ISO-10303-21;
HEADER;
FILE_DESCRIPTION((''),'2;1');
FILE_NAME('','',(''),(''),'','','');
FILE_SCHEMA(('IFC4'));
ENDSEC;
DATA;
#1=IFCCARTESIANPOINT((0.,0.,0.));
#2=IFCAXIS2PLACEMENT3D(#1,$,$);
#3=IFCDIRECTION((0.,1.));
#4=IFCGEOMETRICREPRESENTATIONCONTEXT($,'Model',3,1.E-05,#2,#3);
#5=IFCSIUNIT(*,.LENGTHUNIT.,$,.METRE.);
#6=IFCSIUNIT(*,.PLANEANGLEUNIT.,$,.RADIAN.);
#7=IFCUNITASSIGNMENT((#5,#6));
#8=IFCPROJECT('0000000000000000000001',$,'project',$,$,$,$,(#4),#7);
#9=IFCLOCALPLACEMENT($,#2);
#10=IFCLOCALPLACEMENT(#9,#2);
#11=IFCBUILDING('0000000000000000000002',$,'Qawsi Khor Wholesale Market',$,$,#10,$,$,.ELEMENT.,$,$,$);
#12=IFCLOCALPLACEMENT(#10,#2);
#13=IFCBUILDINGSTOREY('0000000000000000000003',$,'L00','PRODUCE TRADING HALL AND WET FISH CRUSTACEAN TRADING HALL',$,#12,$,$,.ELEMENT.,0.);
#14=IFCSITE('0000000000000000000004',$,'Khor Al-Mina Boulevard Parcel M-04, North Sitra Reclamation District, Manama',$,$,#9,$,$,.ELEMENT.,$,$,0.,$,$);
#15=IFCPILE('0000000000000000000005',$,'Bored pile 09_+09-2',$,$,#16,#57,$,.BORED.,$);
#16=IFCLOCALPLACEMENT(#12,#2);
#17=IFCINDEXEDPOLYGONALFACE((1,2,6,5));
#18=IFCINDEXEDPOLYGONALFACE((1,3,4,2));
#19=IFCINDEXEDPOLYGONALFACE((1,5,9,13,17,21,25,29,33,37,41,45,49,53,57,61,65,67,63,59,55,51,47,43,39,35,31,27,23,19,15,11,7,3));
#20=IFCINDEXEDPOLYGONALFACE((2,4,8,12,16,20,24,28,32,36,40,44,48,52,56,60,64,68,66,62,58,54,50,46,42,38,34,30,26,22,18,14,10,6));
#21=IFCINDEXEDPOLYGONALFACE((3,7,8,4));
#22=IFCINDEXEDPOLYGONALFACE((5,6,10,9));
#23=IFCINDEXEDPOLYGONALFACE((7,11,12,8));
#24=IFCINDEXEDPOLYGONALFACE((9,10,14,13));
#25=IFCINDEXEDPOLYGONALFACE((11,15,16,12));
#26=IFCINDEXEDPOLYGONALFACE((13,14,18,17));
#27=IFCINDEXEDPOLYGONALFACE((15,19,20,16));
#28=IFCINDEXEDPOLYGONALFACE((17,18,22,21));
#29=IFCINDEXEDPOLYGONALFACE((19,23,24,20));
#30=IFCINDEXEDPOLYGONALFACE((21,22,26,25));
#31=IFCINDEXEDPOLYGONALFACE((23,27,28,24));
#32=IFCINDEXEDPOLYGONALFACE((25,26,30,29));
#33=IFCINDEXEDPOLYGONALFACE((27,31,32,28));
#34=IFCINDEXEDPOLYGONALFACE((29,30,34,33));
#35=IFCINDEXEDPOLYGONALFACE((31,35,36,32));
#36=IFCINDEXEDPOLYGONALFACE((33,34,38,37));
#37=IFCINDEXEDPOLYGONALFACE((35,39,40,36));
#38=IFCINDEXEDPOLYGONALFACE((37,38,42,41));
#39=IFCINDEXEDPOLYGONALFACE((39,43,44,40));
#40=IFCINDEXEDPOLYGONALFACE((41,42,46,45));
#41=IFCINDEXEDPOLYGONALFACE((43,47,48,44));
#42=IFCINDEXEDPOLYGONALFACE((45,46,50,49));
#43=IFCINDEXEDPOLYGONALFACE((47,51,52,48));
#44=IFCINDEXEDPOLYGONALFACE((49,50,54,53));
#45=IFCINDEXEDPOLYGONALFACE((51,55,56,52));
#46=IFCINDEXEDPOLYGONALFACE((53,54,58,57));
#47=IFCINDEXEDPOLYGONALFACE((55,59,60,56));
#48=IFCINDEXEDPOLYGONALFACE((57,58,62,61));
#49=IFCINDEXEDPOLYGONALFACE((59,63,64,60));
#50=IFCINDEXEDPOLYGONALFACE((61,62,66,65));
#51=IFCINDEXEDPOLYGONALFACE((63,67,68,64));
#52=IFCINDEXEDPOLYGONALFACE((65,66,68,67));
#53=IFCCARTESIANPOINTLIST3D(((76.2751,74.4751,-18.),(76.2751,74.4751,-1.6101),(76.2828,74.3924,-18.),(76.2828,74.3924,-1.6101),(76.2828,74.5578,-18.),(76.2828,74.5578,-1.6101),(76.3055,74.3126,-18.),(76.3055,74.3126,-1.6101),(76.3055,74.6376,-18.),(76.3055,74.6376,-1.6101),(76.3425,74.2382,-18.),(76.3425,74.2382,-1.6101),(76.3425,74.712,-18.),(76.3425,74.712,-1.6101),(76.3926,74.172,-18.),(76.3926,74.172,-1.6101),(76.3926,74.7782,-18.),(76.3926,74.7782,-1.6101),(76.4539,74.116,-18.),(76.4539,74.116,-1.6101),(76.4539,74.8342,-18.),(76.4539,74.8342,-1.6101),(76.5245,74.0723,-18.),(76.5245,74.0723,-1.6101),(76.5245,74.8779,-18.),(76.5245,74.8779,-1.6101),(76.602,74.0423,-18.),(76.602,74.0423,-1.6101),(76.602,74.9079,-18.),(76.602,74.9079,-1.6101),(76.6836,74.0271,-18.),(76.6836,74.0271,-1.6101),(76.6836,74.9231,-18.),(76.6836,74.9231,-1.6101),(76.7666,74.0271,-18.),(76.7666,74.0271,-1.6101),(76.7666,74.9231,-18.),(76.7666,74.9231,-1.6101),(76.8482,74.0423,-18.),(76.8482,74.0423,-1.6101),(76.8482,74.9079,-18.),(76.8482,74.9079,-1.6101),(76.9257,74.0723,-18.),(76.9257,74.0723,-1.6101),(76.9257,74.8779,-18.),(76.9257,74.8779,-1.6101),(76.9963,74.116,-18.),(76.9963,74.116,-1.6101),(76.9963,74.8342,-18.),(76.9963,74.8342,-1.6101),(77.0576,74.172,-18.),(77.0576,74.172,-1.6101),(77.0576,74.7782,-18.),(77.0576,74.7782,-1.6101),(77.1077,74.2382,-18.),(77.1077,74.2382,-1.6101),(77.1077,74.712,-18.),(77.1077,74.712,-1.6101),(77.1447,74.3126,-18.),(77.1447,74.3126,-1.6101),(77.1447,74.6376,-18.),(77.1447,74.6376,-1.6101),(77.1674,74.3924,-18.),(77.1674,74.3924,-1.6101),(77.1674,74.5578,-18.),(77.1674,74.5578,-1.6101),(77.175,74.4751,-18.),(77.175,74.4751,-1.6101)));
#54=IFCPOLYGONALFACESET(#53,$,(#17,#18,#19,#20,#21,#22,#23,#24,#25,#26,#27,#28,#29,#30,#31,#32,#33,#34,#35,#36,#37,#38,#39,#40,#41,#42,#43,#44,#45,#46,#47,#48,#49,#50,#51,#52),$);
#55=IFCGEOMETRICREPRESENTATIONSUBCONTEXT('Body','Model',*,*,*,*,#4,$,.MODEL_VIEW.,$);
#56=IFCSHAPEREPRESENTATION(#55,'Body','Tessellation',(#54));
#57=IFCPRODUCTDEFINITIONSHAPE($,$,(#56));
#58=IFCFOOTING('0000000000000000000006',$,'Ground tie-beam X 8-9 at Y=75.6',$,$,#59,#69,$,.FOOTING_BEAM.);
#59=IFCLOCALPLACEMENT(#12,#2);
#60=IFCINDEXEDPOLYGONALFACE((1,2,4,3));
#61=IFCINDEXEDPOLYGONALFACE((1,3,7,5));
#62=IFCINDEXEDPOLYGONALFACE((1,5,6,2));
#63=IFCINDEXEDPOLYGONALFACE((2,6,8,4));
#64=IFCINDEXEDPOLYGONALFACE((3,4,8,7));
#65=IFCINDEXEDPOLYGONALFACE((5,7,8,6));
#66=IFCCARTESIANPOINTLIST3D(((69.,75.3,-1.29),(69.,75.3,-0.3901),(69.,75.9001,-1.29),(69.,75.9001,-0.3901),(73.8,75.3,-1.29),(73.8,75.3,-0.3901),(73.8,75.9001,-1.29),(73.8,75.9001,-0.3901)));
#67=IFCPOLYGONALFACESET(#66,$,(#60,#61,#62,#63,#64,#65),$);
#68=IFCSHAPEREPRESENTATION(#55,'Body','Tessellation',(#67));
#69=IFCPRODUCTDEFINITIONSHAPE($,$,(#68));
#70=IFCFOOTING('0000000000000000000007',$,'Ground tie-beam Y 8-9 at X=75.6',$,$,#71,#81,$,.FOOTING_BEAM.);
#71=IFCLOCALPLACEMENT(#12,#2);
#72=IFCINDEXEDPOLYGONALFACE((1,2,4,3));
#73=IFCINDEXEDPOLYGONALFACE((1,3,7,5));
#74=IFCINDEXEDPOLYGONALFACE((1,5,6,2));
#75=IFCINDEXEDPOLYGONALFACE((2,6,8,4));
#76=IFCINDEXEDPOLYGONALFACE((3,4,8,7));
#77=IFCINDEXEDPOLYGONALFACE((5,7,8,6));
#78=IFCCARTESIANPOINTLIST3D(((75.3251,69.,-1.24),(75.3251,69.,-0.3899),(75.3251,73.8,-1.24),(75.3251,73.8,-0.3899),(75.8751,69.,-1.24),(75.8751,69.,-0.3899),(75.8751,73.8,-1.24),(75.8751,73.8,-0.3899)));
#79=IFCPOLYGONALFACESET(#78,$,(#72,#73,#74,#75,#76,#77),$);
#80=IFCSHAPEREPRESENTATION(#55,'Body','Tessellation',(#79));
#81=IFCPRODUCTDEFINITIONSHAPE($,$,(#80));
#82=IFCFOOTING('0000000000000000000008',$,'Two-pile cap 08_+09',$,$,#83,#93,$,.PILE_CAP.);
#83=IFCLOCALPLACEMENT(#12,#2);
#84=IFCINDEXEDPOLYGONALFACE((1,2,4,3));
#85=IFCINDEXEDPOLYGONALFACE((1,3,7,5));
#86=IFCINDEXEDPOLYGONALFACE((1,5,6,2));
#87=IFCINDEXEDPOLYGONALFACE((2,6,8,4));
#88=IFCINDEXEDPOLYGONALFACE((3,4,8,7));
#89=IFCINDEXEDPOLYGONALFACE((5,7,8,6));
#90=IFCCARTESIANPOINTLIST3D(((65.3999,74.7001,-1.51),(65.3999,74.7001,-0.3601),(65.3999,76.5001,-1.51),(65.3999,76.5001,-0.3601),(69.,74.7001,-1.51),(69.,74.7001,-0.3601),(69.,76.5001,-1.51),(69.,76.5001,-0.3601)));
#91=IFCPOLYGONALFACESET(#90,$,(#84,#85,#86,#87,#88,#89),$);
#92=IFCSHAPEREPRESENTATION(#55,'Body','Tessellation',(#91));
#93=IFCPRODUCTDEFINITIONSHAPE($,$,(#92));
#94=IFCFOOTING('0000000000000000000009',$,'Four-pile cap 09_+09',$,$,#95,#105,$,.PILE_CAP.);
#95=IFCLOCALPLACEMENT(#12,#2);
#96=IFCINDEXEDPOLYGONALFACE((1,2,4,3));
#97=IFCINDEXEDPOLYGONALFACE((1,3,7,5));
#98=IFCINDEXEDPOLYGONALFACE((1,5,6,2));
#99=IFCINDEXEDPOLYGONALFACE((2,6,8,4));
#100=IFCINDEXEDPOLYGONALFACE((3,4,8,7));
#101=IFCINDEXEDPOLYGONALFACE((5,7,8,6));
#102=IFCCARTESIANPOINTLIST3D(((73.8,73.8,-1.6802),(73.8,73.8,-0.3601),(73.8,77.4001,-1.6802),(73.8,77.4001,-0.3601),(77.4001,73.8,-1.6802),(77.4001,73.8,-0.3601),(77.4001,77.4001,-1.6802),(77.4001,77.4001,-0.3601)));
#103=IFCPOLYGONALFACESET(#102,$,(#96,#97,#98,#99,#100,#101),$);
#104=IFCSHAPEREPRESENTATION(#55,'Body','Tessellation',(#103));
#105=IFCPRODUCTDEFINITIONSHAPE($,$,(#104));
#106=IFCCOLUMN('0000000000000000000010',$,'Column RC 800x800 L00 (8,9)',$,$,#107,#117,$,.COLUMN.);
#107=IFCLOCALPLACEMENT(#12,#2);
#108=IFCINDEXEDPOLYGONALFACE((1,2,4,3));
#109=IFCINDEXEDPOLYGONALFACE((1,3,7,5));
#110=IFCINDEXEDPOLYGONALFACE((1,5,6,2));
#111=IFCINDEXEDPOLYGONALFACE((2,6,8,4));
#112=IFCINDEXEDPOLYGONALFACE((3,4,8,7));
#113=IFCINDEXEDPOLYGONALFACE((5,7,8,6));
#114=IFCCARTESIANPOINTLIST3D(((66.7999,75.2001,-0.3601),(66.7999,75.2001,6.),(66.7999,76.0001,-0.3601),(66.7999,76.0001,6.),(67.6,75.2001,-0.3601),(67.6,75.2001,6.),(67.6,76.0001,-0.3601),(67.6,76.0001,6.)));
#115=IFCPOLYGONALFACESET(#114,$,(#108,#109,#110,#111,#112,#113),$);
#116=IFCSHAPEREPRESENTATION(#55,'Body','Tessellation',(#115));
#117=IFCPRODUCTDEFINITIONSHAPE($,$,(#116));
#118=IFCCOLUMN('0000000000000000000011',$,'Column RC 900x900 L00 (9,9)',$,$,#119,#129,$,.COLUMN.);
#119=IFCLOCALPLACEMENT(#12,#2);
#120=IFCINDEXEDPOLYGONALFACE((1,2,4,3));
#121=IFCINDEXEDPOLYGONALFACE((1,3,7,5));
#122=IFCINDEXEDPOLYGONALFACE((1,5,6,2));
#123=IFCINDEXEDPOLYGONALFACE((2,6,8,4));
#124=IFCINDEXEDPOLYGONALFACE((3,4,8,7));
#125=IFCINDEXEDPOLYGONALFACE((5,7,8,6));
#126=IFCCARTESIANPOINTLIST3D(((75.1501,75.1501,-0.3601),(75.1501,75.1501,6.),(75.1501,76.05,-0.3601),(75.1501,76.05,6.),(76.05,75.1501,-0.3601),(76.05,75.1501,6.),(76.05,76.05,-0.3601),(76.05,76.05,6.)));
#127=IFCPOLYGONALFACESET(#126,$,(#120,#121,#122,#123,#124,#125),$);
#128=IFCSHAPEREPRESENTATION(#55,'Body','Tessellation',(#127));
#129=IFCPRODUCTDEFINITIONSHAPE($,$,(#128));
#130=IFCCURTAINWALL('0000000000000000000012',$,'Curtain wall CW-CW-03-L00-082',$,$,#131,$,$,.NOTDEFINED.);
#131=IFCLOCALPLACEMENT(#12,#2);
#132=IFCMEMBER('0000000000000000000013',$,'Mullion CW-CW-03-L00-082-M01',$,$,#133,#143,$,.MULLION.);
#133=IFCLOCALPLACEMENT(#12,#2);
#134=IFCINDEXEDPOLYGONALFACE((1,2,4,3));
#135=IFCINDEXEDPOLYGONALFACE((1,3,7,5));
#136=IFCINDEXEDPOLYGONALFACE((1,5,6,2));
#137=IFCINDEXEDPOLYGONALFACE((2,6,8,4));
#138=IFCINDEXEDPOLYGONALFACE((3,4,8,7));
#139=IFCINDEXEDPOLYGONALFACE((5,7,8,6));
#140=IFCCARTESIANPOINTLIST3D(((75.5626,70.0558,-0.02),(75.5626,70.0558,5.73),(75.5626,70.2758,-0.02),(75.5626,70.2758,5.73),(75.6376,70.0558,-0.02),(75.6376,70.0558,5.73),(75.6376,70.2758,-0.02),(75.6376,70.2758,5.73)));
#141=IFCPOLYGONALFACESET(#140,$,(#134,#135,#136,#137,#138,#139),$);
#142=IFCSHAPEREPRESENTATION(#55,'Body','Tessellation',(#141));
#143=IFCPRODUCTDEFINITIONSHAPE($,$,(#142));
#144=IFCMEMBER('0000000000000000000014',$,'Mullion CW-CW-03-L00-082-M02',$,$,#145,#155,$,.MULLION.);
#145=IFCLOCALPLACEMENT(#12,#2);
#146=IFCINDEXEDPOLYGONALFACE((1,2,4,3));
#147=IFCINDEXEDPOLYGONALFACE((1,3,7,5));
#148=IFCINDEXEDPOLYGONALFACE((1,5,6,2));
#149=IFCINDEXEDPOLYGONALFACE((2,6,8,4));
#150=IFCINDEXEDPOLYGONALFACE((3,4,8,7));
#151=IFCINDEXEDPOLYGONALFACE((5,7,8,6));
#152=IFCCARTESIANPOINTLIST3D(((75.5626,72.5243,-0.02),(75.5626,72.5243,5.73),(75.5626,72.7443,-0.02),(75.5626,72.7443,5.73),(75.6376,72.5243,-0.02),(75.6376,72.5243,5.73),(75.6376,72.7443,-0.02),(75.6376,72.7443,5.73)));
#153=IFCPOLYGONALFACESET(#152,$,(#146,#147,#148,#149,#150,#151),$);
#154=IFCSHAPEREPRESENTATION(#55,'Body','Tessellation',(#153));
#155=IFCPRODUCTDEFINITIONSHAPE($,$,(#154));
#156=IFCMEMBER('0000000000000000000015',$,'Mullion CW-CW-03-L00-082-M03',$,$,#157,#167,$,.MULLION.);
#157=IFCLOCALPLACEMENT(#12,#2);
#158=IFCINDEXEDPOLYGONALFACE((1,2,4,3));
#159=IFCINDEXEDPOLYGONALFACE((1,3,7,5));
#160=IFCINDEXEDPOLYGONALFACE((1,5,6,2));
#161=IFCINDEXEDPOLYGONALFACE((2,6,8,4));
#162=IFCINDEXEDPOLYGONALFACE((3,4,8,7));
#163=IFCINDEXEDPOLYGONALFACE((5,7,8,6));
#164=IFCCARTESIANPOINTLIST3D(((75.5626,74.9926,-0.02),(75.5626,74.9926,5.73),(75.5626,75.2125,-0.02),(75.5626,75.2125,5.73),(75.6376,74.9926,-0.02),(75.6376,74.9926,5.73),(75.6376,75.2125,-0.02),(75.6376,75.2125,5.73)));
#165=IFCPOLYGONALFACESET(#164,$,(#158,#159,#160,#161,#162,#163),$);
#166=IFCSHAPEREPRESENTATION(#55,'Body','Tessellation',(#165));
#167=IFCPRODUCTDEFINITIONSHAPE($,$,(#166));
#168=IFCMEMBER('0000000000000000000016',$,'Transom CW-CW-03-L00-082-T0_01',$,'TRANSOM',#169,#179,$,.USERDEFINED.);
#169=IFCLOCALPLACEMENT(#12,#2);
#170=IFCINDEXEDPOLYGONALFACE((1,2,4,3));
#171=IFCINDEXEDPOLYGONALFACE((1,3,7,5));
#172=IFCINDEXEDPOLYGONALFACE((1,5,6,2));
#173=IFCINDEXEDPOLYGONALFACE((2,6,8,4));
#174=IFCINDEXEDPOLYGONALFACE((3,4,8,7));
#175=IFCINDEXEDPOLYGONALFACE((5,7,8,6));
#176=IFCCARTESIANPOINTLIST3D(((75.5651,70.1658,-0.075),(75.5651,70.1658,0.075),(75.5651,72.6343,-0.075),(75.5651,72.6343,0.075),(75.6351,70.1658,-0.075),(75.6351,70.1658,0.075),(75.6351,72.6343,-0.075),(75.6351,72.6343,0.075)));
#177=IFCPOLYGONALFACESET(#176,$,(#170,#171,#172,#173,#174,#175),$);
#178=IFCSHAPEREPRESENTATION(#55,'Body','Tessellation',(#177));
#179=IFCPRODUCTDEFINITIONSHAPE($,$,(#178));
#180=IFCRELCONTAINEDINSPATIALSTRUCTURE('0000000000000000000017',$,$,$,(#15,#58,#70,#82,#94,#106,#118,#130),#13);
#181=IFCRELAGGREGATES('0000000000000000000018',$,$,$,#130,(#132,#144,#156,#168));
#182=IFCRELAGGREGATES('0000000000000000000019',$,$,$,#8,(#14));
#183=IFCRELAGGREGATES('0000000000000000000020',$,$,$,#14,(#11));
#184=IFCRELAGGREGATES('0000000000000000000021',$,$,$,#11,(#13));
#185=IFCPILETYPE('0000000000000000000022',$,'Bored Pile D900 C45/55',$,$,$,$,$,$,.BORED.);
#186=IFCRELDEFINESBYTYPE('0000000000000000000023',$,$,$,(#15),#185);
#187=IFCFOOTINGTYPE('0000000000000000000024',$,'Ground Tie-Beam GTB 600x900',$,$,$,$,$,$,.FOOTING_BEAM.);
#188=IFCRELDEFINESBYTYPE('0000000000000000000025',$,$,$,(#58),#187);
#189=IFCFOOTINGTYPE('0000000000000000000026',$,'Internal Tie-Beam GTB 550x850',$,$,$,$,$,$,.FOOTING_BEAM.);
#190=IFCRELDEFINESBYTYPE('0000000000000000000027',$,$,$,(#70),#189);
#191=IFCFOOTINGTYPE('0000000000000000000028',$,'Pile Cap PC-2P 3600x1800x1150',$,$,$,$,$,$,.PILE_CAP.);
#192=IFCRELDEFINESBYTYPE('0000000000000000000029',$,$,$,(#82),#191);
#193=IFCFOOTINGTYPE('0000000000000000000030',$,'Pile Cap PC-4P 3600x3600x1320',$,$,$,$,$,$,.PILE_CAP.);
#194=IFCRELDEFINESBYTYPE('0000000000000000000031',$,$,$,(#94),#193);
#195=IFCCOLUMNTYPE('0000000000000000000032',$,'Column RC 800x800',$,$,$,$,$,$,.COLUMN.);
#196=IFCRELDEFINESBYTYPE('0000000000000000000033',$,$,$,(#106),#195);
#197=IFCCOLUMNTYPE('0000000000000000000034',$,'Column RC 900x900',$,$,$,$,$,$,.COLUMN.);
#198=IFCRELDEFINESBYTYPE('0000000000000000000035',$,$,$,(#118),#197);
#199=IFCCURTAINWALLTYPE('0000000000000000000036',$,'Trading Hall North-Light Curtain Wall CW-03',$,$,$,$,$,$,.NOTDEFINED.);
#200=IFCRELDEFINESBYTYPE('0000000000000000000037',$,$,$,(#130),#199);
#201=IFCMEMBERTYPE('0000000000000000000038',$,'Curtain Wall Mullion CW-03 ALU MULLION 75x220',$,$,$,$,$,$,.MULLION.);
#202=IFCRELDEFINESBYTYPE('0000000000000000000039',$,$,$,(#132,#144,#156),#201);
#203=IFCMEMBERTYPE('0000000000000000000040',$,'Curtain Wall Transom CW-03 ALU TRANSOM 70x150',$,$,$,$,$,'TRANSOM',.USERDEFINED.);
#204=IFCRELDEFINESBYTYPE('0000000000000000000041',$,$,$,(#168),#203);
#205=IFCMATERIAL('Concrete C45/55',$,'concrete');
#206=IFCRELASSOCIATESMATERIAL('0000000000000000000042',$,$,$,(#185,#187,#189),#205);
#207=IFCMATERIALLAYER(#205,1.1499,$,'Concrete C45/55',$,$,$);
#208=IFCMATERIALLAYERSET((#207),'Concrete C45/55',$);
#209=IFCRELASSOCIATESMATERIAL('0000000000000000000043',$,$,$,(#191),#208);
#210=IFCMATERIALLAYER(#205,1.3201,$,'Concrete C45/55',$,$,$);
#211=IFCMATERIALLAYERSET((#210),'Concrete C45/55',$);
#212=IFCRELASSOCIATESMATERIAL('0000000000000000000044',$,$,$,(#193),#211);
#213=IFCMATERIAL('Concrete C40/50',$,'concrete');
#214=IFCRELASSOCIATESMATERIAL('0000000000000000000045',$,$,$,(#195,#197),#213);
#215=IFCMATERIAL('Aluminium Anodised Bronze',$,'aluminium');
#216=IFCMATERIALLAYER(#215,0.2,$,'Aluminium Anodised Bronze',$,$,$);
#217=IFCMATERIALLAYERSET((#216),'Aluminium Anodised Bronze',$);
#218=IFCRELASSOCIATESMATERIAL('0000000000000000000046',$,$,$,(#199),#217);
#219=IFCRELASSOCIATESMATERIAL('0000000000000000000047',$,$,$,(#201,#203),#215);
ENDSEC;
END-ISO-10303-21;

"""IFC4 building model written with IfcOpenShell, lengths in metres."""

from ifc_helpers import new_model, si_unit, direction, frame, origin, origin_2d, place, context, subcontext, project, spatial, rectangle, circle, extrude, material, layer, layer_set, material_profile, profile_set, type_object, element, aggregate, save


model = new_model("IFC4")

# Units and contexts
model_context = context("Model", 3, precision=1e-05, world=origin(), true_north=direction((0.0, 1.0)))
body_context = subcontext(model_context, "Body", "Model", "MODEL_VIEW")
ifc_project = project(units=[si_unit("LENGTHUNIT", "METRE"), si_unit("PLANEANGLEUNIT", "RADIAN")], contexts=[model_context])

# Site, building, storey
site_placement = place(None, origin())
site = spatial("IfcSite", under=ifc_project, at=site_placement, Name="Khor Al-Mina Boulevard Parcel M-04, North Sitra Reclamation District, Manama", CompositionType="ELEMENT", RefElevation=0.0)
building_placement = place(site_placement, origin())
building = spatial("IfcBuilding", under=site, at=building_placement, Name="Qawsi Khor Wholesale Market", CompositionType="ELEMENT")
storey_placement = place(building_placement, origin())
storey = spatial("IfcBuildingStorey", under=building, at=storey_placement, Name="L00", Description="PRODUCE TRADING HALL AND WET FISH CRUSTACEAN TRADING HALL", CompositionType="ELEMENT", Elevation=0.0)

# Pile
ifc_material_1 = material(Name="Concrete C45/55", Category="concrete")
ifc_material_profile_1 = material_profile(ifc_material_1, circle(Radius=0.45, at=origin_2d()), Name="PILE D900")
ifc_profile_set_1 = profile_set([ifc_material_profile_1], Name="Concrete C45/55")
pile_type = type_object("IfcPileType", Name="Bored Pile D900 C45/55", PredefinedType="BORED", material=ifc_profile_set_1)
for number, where, z_axis, x_axis, name in (
    (1, (76.7251, 74.4751, -1.6101), (0.0, 0.0, -1.0), (1.0, 0.0, 0.0), "Bored pile 09_+09-2"),
):
    element("IfcPile", number, at=place(storey_placement, frame(where, z_axis=z_axis, x_axis=x_axis)), inside=storey, type_object=pile_type, Name=name, PredefinedType="BORED", context=body_context, shape_type="SweptSolid", body=[
        extrude(circle(Radius=0.45, at=origin_2d()), origin(), (0.0, 0.0, 1.0), 16.3899),
    ])

# Footings
ifc_material_profile_2 = material_profile(ifc_material_1, rectangle(XDim=0.6001, YDim=0.8999, at=origin_2d()), Name="RC 600x900")
ifc_profile_set_2 = profile_set([ifc_material_profile_2], Name="Concrete C45/55")
footing_type_1 = type_object("IfcFootingType", Name="Ground Tie-Beam GTB 600x900", PredefinedType="FOOTING_BEAM", material=ifc_profile_set_2)
footing_1_placement = place(storey_placement, frame((69.0, 75.6001, -0.8401), z_axis=(1.0, 0.0, 0.0), x_axis=(0.0, 1.0, 0.0)))
element("IfcFooting", 2, at=footing_1_placement, inside=storey, type_object=footing_type_1, Name="Ground tie-beam X 8-9 at Y=75.6", PredefinedType="FOOTING_BEAM", context=body_context, shape_type="SweptSolid", body=[
    extrude(rectangle(XDim=0.6001, YDim=0.8999, at=origin_2d()), origin(), (0.0, 0.0, 1.0), 4.8),
])
ifc_material_profile_3 = material_profile(ifc_material_1, rectangle(XDim=0.55, YDim=0.8501, at=origin_2d()), Name="RC 550x850")
ifc_profile_set_3 = profile_set([ifc_material_profile_3], Name="Concrete C45/55")
footing_type_2 = type_object("IfcFootingType", Name="Internal Tie-Beam GTB 550x850", PredefinedType="FOOTING_BEAM", material=ifc_profile_set_3)
footing_2_placement = place(storey_placement, frame((75.6001, 69.0, -0.8149), z_axis=(0.0, 1.0, 0.0), x_axis=(-1.0, 0.0, 0.0)))
element("IfcFooting", 3, at=footing_2_placement, inside=storey, type_object=footing_type_2, Name="Ground tie-beam Y 8-9 at X=75.6", PredefinedType="FOOTING_BEAM", context=body_context, shape_type="SweptSolid", body=[
    extrude(rectangle(XDim=0.55, YDim=0.8501, at=origin_2d()), origin(), (0.0, 0.0, 1.0), 4.8),
])
ifc_layer_1 = layer(ifc_material_1, 1.1499, Name="Concrete C45/55")
ifc_layer_set_1 = layer_set([ifc_layer_1], Name="Concrete C45/55")
footing_type_3 = type_object("IfcFootingType", Name="Pile Cap PC-2P 3600x1800x1150", PredefinedType="PILE_CAP", material=ifc_layer_set_1)
footing_3_placement = place(storey_placement, frame((67.2, 75.6001, -1.51), z_axis=(0.0, 0.0, 1.0), x_axis=(1.0, 0.0, 0.0)))
element("IfcFooting", 4, at=footing_3_placement, inside=storey, type_object=footing_type_3, Name="Two-pile cap 08_+09", PredefinedType="PILE_CAP", context=body_context, shape_type="SweptSolid", body=[
    extrude(rectangle(XDim=3.6001, YDim=1.8, at=origin_2d()), origin(), (0.0, 0.0, 1.0), 1.1499),
])
ifc_layer_2 = layer(ifc_material_1, 1.3201, Name="Concrete C45/55")
ifc_layer_set_2 = layer_set([ifc_layer_2], Name="Concrete C45/55")
footing_type_4 = type_object("IfcFootingType", Name="Pile Cap PC-4P 3600x3600x1320", PredefinedType="PILE_CAP", material=ifc_layer_set_2)
footing_4_placement = place(storey_placement, frame((75.6001, 75.6001, -1.6802), z_axis=(0.0, 0.0, 1.0), x_axis=(1.0, 0.0, 0.0)))
element("IfcFooting", 5, at=footing_4_placement, inside=storey, type_object=footing_type_4, Name="Four-pile cap 09_+09", PredefinedType="PILE_CAP", context=body_context, shape_type="SweptSolid", body=[
    extrude(rectangle(XDim=3.6001, YDim=3.6001, at=origin_2d()), origin(), (0.0, 0.0, 1.0), 1.3201),
])

# Columns
ifc_material_2 = material(Name="Concrete C40/50", Category="concrete")
ifc_material_profile_4 = material_profile(ifc_material_2, rectangle(XDim=0.8, YDim=0.8, at=origin_2d()), Name="RC 800x800")
ifc_profile_set_4 = profile_set([ifc_material_profile_4], Name="Concrete C40/50")
column_type_1 = type_object("IfcColumnType", Name="Column RC 800x800", PredefinedType="COLUMN", material=ifc_profile_set_4)
column_1_placement = place(storey_placement, frame((67.2, 75.6001, -0.3601), z_axis=(0.0, 0.0, 1.0), x_axis=(1.0, 0.0, 0.0)))
element("IfcColumn", 6, at=column_1_placement, inside=storey, type_object=column_type_1, Name="Column RC 800x800 L00 (8,9)", PredefinedType="COLUMN", context=body_context, shape_type="SweptSolid", body=[
    extrude(rectangle(XDim=0.8, YDim=0.8, at=origin_2d()), origin(), (0.0, 0.0, 1.0), 6.3601),
])
ifc_material_profile_5 = material_profile(ifc_material_2, rectangle(XDim=0.8999, YDim=0.8999, at=origin_2d()), Name="RC 900x900")
ifc_profile_set_5 = profile_set([ifc_material_profile_5], Name="Concrete C40/50")
column_type_2 = type_object("IfcColumnType", Name="Column RC 900x900", PredefinedType="COLUMN", material=ifc_profile_set_5)
column_2_placement = place(storey_placement, frame((75.6001, 75.6001, -0.3601), z_axis=(0.0, 0.0, 1.0), x_axis=(1.0, 0.0, 0.0)))
element("IfcColumn", 7, at=column_2_placement, inside=storey, type_object=column_type_2, Name="Column RC 900x900 L00 (9,9)", PredefinedType="COLUMN", context=body_context, shape_type="SweptSolid", body=[
    extrude(rectangle(XDim=0.8999, YDim=0.8999, at=origin_2d()), origin(), (0.0, 0.0, 1.0), 6.3601),
])

# Curtain wall, members
ifc_material_3 = material(Name="Aluminium Anodised Bronze", Category="aluminium")
ifc_layer_3 = layer(ifc_material_3, 0.2, Name="Aluminium Anodised Bronze")
ifc_layer_set_3 = layer_set([ifc_layer_3], Name="Aluminium Anodised Bronze")
curtain_wall_type = type_object("IfcCurtainWallType", Name="Trading Hall North-Light Curtain Wall CW-03", PredefinedType="NOTDEFINED", material=ifc_layer_set_3)
curtain_wall_placement = place(storey_placement, origin())
curtain_wall = element("IfcCurtainWall", 8, at=curtain_wall_placement, inside=storey, type_object=curtain_wall_type, Name="Curtain wall CW-CW-03-L00-082", PredefinedType="NOTDEFINED")
ifc_material_profile_6 = material_profile(ifc_material_3, rectangle(XDim=0.075, YDim=0.22, at=origin_2d()), Name="ALU MULLION 75x220")
ifc_profile_set_6 = profile_set([ifc_material_profile_6], Name="Aluminium Anodised Bronze")
member_type_1 = type_object("IfcMemberType", Name="Curtain Wall Mullion CW-03 ALU MULLION 75x220", PredefinedType="MULLION", material=ifc_profile_set_6)
member_1_placement = place(storey_placement, frame((75.6001, 70.1658, -0.02), z_axis=(0.0, 0.0, 1.0), x_axis=(1.0, 0.0, 0.0)))
member_1 = element("IfcMember", 9, at=member_1_placement, type_object=member_type_1, Name="Mullion CW-CW-03-L00-082-M01", PredefinedType="MULLION", context=body_context, shape_type="SweptSolid", body=[
    extrude(rectangle(XDim=0.075, YDim=0.22, at=origin_2d()), origin(), (0.0, 0.0, 1.0), 5.75),
])
member_2_placement = place(storey_placement, frame((75.6001, 72.6343, -0.02), z_axis=(0.0, 0.0, 1.0), x_axis=(1.0, 0.0, 0.0)))
member_2 = element("IfcMember", 10, at=member_2_placement, type_object=member_type_1, Name="Mullion CW-CW-03-L00-082-M02", PredefinedType="MULLION", context=body_context, shape_type="SweptSolid", body=[
    extrude(rectangle(XDim=0.075, YDim=0.22, at=origin_2d()), origin(), (0.0, 0.0, 1.0), 5.75),
])
member_3_placement = place(storey_placement, frame((75.6001, 75.1025, -0.02), z_axis=(0.0, 0.0, 1.0), x_axis=(1.0, 0.0, 0.0)))
member_3 = element("IfcMember", 11, at=member_3_placement, type_object=member_type_1, Name="Mullion CW-CW-03-L00-082-M03", PredefinedType="MULLION", context=body_context, shape_type="SweptSolid", body=[
    extrude(rectangle(XDim=0.075, YDim=0.22, at=origin_2d()), origin(), (0.0, 0.0, 1.0), 5.75),
])
ifc_material_profile_7 = material_profile(ifc_material_3, rectangle(XDim=0.0701, YDim=0.1499, at=origin_2d()), Name="ALU TRANSOM 70x150")
ifc_profile_set_7 = profile_set([ifc_material_profile_7], Name="Aluminium Anodised Bronze")
member_type_2 = type_object("IfcMemberType", Name="Curtain Wall Transom CW-03 ALU TRANSOM 70x150", ElementType="TRANSOM", PredefinedType="USERDEFINED", material=ifc_profile_set_7)
member_4_placement = place(storey_placement, frame((75.6001, 70.1658, 0.0), z_axis=(0.0, 1.0, 0.0), x_axis=(-1.0, 0.0, 0.0)))
member_4 = element("IfcMember", 12, at=member_4_placement, type_object=member_type_2, Name="Transom CW-CW-03-L00-082-T0_01", ObjectType="TRANSOM", PredefinedType="USERDEFINED", context=body_context, shape_type="SweptSolid", body=[
    extrude(rectangle(XDim=0.0701, YDim=0.1499, at=origin_2d()), origin(), (0.0, 0.0, 1.0), 2.4685),
])
aggregate(curtain_wall, [member_1, member_2, member_3, member_4])

save(model, "model.ifc")
